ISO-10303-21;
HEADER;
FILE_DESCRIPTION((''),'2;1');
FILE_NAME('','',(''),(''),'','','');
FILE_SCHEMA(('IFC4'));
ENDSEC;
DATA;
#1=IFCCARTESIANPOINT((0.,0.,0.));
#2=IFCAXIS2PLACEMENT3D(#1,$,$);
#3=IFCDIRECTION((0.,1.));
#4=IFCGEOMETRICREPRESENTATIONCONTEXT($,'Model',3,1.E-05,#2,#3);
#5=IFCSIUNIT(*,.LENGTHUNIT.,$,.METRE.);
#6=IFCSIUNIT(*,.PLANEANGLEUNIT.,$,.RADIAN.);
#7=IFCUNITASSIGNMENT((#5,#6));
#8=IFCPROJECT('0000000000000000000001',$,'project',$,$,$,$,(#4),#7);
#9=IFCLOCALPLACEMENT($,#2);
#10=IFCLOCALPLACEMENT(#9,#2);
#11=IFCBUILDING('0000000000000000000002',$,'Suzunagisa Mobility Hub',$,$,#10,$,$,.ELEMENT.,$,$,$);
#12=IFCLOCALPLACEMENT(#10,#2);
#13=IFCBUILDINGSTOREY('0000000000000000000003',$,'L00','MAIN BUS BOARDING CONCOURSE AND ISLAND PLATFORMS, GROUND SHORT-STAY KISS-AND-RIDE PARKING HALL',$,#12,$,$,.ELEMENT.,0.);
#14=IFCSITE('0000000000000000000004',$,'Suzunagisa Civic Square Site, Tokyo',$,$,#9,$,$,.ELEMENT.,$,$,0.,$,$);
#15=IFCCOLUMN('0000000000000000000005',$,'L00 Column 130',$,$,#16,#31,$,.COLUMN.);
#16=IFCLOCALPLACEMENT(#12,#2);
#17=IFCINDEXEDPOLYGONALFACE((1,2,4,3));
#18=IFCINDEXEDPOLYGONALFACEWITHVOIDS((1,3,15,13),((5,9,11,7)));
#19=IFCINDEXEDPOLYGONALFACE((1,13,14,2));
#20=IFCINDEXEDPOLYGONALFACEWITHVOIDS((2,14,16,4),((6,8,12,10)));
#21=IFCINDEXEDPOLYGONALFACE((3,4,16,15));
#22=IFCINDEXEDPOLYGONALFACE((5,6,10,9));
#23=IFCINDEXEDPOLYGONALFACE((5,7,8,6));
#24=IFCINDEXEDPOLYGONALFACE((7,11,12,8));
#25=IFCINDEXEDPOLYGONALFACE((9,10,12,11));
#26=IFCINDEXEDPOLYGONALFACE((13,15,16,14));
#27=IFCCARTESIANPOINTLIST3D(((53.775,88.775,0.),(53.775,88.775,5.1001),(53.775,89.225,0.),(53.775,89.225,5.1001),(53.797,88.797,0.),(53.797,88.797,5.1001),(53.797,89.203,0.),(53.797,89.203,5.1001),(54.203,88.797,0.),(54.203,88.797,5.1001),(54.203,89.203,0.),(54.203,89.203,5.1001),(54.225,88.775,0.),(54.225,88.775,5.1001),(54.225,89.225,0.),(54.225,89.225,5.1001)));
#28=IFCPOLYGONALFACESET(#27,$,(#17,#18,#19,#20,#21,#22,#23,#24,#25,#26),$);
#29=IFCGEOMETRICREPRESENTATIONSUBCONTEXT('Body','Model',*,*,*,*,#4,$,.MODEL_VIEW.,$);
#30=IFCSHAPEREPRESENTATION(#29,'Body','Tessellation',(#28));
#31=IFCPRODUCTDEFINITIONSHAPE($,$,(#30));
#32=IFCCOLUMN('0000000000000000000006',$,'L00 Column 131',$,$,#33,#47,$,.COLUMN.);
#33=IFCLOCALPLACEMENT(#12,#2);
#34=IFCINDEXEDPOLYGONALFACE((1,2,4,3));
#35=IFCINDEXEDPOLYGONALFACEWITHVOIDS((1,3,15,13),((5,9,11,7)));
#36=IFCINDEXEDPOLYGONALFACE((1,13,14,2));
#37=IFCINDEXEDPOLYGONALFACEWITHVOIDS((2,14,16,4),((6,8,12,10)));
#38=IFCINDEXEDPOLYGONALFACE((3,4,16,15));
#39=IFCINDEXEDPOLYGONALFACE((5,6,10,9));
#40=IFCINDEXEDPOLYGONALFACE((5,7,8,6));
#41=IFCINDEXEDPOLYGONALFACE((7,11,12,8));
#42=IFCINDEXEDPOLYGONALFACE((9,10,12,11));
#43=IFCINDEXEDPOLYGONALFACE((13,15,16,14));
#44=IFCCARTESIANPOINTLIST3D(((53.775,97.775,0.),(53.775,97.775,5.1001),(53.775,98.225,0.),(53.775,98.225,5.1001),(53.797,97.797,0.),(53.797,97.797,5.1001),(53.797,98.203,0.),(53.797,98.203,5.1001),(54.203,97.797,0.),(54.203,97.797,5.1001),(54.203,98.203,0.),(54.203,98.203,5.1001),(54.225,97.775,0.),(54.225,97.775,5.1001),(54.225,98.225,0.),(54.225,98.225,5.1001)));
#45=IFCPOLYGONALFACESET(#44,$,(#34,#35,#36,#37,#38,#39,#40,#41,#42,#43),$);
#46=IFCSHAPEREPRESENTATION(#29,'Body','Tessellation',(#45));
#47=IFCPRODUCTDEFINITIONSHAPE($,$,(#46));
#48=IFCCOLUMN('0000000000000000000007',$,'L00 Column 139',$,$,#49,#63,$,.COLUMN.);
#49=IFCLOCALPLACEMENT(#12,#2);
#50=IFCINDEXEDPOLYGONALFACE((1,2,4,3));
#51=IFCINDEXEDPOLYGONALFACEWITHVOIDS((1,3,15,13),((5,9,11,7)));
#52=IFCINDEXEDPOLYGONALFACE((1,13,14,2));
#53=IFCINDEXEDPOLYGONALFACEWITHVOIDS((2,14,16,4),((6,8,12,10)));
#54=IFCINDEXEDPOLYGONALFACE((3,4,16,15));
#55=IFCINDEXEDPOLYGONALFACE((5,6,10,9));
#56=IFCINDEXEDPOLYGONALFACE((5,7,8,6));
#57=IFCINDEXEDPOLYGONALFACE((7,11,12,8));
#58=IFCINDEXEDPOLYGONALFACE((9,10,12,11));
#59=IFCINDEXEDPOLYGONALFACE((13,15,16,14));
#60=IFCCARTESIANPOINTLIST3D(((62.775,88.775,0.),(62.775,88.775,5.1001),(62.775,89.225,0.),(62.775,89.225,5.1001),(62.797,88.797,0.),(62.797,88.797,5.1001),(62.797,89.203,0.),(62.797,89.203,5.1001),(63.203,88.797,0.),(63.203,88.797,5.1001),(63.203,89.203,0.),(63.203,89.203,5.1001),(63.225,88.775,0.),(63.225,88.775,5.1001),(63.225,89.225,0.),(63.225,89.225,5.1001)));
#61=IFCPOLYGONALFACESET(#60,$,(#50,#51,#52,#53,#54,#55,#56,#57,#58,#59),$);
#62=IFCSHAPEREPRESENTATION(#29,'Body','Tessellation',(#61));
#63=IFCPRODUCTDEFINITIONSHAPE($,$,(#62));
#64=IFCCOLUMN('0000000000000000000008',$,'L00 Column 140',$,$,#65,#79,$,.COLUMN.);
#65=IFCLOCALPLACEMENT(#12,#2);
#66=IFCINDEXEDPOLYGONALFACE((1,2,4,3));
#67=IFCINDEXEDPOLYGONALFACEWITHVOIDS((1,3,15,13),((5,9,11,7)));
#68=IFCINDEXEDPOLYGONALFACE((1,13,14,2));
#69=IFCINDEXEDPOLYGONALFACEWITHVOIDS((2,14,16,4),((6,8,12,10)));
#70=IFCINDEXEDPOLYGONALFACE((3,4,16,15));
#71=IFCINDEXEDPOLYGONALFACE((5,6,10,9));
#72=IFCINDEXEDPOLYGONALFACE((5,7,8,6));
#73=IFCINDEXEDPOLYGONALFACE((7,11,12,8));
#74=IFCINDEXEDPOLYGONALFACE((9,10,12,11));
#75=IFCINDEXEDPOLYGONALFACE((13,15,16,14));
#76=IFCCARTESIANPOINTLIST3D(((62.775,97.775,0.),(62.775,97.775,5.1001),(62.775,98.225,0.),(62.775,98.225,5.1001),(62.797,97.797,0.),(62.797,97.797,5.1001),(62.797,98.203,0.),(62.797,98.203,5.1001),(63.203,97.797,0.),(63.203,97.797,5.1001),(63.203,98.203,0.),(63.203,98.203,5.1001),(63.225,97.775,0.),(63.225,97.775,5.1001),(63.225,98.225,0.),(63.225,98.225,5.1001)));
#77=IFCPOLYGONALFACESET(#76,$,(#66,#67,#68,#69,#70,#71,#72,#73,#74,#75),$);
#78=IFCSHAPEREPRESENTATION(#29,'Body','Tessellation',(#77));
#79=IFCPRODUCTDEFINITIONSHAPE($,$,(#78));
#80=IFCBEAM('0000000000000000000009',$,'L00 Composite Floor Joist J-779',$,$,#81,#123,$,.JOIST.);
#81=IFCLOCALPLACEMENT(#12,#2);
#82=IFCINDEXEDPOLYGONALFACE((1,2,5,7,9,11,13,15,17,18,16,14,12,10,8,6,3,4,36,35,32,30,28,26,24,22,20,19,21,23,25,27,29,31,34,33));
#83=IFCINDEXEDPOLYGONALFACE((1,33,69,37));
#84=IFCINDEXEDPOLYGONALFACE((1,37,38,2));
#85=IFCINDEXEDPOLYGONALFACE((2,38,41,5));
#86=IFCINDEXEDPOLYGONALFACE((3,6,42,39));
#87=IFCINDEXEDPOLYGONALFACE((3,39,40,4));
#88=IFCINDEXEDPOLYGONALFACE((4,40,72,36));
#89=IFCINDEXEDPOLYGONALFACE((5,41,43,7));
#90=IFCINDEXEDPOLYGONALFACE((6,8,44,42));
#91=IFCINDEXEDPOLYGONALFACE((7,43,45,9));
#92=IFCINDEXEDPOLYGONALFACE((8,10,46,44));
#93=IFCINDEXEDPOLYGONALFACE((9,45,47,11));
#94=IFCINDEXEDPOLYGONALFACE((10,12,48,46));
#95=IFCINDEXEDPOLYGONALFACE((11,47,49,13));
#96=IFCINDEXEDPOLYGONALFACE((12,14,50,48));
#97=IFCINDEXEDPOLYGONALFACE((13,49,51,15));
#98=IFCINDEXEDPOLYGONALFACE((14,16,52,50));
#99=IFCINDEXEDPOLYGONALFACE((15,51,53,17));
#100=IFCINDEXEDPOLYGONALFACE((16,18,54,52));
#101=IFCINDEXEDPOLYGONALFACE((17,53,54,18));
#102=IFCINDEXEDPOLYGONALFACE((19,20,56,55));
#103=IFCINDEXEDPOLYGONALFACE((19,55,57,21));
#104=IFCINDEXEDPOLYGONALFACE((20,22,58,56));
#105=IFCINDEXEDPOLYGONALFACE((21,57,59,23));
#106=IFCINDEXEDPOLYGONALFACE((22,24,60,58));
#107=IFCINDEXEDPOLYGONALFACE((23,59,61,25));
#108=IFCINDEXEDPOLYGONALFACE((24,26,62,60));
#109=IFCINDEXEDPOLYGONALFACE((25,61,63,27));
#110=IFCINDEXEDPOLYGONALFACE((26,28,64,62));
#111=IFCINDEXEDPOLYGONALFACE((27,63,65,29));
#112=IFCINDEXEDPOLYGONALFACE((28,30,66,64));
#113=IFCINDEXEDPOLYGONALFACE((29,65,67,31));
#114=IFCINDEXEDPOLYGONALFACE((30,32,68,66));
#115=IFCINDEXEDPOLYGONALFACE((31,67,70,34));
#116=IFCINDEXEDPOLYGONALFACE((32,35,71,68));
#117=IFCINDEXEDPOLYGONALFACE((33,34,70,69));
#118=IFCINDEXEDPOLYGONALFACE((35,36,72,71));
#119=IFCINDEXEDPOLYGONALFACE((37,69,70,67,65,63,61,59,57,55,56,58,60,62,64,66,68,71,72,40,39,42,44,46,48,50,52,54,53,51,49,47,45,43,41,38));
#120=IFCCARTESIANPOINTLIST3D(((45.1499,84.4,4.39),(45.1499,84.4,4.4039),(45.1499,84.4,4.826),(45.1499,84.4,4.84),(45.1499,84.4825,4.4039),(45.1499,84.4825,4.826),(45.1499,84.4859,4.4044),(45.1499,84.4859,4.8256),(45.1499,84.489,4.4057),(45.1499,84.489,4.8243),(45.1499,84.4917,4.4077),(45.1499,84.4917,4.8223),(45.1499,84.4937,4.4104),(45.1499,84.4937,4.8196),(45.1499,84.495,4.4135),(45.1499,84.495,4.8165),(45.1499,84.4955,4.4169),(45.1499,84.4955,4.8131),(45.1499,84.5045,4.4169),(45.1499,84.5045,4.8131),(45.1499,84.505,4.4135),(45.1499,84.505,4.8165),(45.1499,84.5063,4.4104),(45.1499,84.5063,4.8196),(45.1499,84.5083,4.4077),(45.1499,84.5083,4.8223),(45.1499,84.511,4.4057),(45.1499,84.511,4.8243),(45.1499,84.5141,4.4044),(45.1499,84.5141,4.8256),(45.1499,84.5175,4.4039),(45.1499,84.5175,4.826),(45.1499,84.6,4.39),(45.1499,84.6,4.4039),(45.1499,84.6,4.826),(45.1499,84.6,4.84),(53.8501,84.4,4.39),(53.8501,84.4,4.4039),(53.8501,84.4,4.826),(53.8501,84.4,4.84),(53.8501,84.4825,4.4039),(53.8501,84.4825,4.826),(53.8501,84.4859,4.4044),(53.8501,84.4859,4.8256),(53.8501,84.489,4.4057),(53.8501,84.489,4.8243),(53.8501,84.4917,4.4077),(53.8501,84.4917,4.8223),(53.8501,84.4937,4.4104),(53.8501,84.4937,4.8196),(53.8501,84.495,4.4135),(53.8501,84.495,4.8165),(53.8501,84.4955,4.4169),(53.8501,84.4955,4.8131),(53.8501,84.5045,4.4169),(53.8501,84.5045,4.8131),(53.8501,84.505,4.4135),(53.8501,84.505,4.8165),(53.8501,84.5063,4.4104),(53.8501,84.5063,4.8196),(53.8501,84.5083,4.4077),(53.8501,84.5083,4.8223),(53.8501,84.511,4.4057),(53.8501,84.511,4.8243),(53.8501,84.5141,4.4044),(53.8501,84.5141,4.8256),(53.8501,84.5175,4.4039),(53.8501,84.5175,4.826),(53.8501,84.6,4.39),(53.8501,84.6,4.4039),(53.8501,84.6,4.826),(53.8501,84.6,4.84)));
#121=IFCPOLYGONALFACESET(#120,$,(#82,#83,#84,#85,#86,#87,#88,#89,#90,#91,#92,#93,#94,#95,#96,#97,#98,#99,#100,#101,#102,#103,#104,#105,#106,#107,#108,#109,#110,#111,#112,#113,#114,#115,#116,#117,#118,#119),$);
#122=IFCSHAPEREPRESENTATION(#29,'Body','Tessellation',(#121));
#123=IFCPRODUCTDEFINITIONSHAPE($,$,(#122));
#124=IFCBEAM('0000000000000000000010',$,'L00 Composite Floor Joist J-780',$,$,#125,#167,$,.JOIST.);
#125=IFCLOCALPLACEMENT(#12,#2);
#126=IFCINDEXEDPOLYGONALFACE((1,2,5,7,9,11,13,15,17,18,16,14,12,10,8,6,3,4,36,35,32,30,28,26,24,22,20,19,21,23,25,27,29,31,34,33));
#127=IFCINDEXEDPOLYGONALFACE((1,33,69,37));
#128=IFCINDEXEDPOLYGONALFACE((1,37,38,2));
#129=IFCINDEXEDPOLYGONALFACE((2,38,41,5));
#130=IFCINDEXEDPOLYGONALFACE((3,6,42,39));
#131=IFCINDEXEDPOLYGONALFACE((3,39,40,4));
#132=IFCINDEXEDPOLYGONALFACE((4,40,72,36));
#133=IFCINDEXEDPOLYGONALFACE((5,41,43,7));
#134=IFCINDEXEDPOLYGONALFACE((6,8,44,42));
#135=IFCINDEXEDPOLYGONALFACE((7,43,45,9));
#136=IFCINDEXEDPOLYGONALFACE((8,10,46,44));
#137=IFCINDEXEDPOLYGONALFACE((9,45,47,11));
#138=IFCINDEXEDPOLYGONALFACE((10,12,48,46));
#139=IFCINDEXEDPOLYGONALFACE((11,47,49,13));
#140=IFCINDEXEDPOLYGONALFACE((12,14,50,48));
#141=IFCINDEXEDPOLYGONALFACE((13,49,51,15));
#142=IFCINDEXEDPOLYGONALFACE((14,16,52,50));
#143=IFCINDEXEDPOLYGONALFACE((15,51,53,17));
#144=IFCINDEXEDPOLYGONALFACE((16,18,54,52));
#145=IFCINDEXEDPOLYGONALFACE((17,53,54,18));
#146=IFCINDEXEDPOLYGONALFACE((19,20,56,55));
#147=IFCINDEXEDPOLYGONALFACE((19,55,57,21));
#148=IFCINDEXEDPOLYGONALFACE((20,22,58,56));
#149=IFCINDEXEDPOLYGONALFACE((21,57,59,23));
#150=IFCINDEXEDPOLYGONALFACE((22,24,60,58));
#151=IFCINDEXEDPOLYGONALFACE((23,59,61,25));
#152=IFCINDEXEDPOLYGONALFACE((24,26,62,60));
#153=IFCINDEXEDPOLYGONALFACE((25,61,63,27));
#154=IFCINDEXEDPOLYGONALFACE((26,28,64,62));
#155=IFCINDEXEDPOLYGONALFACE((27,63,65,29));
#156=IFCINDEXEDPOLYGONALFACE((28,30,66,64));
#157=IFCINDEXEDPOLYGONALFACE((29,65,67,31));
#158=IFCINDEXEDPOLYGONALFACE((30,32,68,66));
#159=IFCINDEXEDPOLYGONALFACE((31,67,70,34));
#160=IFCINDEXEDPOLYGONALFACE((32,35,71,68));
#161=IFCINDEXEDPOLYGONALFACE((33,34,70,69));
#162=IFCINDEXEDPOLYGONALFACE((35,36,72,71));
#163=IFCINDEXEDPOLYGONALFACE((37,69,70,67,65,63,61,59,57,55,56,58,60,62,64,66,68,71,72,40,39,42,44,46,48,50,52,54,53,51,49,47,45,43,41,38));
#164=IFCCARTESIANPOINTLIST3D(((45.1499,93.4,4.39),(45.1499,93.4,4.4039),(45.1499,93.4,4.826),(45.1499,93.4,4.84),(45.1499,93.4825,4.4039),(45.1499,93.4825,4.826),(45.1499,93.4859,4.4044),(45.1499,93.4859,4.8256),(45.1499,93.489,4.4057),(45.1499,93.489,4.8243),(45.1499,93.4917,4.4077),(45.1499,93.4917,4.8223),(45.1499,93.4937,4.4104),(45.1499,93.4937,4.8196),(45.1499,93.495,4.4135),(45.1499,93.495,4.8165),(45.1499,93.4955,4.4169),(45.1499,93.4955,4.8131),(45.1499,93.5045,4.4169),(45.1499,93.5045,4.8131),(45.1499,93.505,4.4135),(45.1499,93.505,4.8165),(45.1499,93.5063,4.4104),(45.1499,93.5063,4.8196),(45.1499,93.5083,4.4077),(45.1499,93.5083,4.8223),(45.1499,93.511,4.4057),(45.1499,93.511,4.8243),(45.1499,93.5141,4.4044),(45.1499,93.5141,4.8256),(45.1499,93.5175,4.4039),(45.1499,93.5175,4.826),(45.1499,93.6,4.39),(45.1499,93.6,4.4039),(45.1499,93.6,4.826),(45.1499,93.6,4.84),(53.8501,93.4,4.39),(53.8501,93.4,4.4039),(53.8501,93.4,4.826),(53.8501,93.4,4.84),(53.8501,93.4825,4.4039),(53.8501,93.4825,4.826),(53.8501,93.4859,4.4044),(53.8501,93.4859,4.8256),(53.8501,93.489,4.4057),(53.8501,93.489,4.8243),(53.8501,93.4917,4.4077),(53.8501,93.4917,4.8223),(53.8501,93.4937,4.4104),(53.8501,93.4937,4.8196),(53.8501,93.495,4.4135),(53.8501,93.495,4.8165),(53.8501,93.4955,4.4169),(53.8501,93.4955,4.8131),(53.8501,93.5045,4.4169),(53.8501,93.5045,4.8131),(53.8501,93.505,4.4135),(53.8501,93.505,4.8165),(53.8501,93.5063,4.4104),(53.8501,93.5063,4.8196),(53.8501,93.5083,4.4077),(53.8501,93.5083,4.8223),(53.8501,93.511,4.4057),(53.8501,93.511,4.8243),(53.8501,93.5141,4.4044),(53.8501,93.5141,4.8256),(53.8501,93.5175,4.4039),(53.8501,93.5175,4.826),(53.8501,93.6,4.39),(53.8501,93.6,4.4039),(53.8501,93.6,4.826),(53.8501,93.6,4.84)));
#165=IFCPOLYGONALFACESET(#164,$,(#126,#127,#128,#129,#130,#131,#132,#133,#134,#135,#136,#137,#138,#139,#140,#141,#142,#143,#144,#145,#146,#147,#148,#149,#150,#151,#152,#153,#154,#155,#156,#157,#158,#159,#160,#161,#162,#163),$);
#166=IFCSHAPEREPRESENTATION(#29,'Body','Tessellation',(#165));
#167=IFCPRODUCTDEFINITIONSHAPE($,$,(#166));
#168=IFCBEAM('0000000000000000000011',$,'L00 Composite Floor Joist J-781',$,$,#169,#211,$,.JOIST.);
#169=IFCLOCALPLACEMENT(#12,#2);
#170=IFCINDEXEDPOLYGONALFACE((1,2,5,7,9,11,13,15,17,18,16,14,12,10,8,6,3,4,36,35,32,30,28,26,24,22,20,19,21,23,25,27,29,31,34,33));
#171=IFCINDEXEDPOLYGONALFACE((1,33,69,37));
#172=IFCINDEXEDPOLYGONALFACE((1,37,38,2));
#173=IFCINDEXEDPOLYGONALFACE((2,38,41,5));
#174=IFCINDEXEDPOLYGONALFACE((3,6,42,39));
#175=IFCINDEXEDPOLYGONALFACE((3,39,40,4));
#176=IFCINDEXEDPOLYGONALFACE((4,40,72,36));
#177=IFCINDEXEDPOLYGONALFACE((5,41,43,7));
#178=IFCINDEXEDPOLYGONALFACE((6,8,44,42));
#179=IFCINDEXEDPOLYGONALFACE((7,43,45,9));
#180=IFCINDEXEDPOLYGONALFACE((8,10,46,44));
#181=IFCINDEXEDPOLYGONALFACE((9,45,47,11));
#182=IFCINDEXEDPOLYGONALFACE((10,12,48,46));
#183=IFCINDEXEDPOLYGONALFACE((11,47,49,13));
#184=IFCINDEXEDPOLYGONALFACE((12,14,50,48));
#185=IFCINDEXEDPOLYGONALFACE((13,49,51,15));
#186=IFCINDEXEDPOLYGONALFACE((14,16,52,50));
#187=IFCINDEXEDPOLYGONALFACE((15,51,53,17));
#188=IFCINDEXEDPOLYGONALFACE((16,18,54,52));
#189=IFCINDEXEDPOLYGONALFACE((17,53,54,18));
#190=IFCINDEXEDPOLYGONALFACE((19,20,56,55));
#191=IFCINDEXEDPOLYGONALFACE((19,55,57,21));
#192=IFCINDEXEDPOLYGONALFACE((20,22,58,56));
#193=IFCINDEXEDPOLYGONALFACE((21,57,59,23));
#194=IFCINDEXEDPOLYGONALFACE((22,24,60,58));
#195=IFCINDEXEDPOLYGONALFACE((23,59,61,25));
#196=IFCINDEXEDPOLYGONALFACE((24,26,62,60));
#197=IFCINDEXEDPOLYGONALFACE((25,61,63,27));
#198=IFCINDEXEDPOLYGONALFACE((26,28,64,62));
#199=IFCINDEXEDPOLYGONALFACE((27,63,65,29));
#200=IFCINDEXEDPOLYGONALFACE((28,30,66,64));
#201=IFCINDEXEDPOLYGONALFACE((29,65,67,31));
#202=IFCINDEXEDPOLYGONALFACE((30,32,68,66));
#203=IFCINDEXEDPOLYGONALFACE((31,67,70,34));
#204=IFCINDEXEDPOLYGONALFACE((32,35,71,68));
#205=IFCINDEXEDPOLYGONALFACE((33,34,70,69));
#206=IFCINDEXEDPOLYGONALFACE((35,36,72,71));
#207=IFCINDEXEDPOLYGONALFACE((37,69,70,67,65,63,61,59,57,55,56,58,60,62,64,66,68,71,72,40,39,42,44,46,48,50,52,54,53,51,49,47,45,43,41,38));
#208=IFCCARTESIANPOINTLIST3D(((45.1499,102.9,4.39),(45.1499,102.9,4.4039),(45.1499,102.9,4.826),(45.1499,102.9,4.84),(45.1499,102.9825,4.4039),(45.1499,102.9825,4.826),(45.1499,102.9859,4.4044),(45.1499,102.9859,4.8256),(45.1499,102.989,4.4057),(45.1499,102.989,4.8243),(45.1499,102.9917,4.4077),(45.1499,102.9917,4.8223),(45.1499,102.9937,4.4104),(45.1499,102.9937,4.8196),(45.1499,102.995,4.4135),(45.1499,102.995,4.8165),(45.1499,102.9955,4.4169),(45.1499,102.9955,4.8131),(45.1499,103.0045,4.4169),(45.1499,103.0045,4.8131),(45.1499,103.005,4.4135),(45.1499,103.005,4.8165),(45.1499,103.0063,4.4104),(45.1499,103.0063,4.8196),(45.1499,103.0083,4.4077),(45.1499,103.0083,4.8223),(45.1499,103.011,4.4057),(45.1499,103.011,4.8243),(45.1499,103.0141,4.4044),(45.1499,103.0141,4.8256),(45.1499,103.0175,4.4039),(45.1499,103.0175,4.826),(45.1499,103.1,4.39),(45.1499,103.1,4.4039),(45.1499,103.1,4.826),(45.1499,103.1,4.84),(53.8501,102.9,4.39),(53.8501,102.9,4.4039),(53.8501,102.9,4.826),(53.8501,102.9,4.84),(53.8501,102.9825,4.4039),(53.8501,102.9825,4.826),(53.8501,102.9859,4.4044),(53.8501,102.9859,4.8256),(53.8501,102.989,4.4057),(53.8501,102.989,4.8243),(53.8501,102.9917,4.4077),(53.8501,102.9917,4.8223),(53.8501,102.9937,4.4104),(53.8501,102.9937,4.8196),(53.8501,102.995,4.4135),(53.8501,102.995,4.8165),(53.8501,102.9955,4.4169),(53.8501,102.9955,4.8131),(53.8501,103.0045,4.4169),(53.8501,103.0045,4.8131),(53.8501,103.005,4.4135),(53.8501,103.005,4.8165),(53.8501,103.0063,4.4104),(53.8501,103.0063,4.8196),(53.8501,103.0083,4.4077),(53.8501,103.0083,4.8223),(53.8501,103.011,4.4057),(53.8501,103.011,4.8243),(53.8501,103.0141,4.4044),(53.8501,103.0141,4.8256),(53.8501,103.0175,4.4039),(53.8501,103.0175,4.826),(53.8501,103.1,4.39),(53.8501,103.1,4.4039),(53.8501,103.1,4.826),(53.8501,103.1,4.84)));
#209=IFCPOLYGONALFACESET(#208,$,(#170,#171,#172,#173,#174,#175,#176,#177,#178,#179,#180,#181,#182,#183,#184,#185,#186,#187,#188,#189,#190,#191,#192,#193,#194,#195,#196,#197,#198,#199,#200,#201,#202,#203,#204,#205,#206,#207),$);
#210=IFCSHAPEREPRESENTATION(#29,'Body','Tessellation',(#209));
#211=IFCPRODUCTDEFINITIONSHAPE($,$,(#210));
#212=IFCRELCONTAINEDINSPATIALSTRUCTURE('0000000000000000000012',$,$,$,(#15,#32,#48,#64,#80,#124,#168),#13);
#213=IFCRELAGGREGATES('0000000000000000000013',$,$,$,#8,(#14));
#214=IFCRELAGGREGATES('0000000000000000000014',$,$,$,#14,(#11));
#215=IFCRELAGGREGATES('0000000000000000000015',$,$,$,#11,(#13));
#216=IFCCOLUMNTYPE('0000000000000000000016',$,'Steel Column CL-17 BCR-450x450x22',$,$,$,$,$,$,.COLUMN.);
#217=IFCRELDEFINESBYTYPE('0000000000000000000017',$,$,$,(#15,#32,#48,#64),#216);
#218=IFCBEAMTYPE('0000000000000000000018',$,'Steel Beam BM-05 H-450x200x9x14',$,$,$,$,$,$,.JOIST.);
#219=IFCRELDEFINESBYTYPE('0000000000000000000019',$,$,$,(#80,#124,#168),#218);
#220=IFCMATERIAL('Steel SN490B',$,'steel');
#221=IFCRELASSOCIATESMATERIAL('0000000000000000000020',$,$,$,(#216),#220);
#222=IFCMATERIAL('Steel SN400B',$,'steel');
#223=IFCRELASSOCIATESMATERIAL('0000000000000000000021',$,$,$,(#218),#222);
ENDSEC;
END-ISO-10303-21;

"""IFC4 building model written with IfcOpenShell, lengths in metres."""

from ifc_helpers import new_model, si_unit, direction, frame, origin, origin_2d, place, context, subcontext, project, spatial, hollow_rectangle, i_section, extrude, material, material_profile, profile_set, type_object, element, save


model = new_model("IFC4")

# Units and contexts
model_context = context("Model", 3, precision=1e-05, world=origin(), true_north=direction((0.0, 1.0)))
body_context = subcontext(model_context, "Body", "Model", "MODEL_VIEW")
ifc_project = project(units=[si_unit("LENGTHUNIT", "METRE"), si_unit("PLANEANGLEUNIT", "RADIAN")], contexts=[model_context])

# Site, building, storey
site_placement = place(None, origin())
site = spatial("IfcSite", under=ifc_project, at=site_placement, Name="Suzunagisa Civic Square Site, Tokyo", CompositionType="ELEMENT", RefElevation=0.0)
building_placement = place(site_placement, origin())
building = spatial("IfcBuilding", under=site, at=building_placement, Name="Suzunagisa Mobility Hub", CompositionType="ELEMENT")
storey_placement = place(building_placement, origin())
storey = spatial("IfcBuildingStorey", under=building, at=storey_placement, Name="L00", Description="MAIN BUS BOARDING CONCOURSE AND ISLAND PLATFORMS, GROUND SHORT-STAY KISS-AND-RIDE PARKING HALL", CompositionType="ELEMENT", Elevation=0.0)

# Columns
ifc_material_1 = material(Name="Steel SN490B", Category="steel")
ifc_material_profile_1 = material_profile(ifc_material_1, hollow_rectangle(XDim=0.45, YDim=0.45, WallThickness=0.022, at=origin_2d()), Name="BCR-450x450x22")
ifc_profile_set_1 = profile_set([ifc_material_profile_1], Name="Steel SN490B")
column_type = type_object("IfcColumnType", Name="Steel Column CL-17 BCR-450x450x22", PredefinedType="COLUMN", material=ifc_profile_set_1)
for number, where, z_axis, x_axis, name in (
    (1, (54.0, 89.0, 0.0), (0.0, 0.0, 1.0), (1.0, 0.0, 0.0), "L00 Column 130"),
    (2, (54.0, 98.0, 0.0), (0.0, 0.0, 1.0), (1.0, 0.0, 0.0), "L00 Column 131"),
    (3, (63.0, 89.0, 0.0), (0.0, 0.0, 1.0), (1.0, 0.0, 0.0), "L00 Column 139"),
    (4, (63.0, 98.0, 0.0), (0.0, 0.0, 1.0), (1.0, 0.0, 0.0), "L00 Column 140"),
):
    element("IfcColumn", number, at=place(storey_placement, frame(where, z_axis=z_axis, x_axis=x_axis)), inside=storey, type_object=column_type, Name=name, PredefinedType="COLUMN", context=body_context, shape_type="SweptSolid", body=[
        extrude(hollow_rectangle(XDim=0.45, YDim=0.45, WallThickness=0.022, at=origin_2d()), origin(), (0.0, 0.0, 1.0), 5.1001),
    ])

# Beams
ifc_material_2 = material(Name="Steel SN400B", Category="steel")
ifc_material_profile_2 = material_profile(ifc_material_2, i_section(OverallWidth=0.2, OverallDepth=0.45, WebThickness=0.009, FlangeThickness=0.0139, FilletRadius=0.0129, at=origin_2d()), Name="H-450x200x9x14")
ifc_profile_set_2 = profile_set([ifc_material_profile_2], Name="Steel SN400B")
beam_type_1 = type_object("IfcBeamType", Name="Steel Beam BM-05 H-450x200x9x14", PredefinedType="JOIST", material=ifc_profile_set_2)
for number, where, z_axis, x_axis, name in (
    (5, (45.1499, 84.5, 4.615), (1.0, 0.0, 0.0), (0.0, 1.0, 0.0), "L00 Composite Floor Joist J-779"),
    (6, (45.1499, 93.5, 4.615), (1.0, 0.0, 0.0), (0.0, 1.0, 0.0), "L00 Composite Floor Joist J-780"),
    (7, (45.1499, 103.0, 4.615), (1.0, 0.0, 0.0), (0.0, 1.0, 0.0), "L00 Composite Floor Joist J-781"),
):
    element("IfcBeam", number, at=place(storey_placement, frame(where, z_axis=z_axis, x_axis=x_axis)), inside=storey, type_object=beam_type_1, Name=name, PredefinedType="JOIST", context=body_context, shape_type="SweptSolid", body=[
        extrude(i_section(OverallWidth=0.2, OverallDepth=0.45, WebThickness=0.009, FlangeThickness=0.0139, FilletRadius=0.0129, at=origin_2d()), origin(), (0.0, 0.0, 1.0), 8.7002),
    ])

save(model, "model.ifc")
